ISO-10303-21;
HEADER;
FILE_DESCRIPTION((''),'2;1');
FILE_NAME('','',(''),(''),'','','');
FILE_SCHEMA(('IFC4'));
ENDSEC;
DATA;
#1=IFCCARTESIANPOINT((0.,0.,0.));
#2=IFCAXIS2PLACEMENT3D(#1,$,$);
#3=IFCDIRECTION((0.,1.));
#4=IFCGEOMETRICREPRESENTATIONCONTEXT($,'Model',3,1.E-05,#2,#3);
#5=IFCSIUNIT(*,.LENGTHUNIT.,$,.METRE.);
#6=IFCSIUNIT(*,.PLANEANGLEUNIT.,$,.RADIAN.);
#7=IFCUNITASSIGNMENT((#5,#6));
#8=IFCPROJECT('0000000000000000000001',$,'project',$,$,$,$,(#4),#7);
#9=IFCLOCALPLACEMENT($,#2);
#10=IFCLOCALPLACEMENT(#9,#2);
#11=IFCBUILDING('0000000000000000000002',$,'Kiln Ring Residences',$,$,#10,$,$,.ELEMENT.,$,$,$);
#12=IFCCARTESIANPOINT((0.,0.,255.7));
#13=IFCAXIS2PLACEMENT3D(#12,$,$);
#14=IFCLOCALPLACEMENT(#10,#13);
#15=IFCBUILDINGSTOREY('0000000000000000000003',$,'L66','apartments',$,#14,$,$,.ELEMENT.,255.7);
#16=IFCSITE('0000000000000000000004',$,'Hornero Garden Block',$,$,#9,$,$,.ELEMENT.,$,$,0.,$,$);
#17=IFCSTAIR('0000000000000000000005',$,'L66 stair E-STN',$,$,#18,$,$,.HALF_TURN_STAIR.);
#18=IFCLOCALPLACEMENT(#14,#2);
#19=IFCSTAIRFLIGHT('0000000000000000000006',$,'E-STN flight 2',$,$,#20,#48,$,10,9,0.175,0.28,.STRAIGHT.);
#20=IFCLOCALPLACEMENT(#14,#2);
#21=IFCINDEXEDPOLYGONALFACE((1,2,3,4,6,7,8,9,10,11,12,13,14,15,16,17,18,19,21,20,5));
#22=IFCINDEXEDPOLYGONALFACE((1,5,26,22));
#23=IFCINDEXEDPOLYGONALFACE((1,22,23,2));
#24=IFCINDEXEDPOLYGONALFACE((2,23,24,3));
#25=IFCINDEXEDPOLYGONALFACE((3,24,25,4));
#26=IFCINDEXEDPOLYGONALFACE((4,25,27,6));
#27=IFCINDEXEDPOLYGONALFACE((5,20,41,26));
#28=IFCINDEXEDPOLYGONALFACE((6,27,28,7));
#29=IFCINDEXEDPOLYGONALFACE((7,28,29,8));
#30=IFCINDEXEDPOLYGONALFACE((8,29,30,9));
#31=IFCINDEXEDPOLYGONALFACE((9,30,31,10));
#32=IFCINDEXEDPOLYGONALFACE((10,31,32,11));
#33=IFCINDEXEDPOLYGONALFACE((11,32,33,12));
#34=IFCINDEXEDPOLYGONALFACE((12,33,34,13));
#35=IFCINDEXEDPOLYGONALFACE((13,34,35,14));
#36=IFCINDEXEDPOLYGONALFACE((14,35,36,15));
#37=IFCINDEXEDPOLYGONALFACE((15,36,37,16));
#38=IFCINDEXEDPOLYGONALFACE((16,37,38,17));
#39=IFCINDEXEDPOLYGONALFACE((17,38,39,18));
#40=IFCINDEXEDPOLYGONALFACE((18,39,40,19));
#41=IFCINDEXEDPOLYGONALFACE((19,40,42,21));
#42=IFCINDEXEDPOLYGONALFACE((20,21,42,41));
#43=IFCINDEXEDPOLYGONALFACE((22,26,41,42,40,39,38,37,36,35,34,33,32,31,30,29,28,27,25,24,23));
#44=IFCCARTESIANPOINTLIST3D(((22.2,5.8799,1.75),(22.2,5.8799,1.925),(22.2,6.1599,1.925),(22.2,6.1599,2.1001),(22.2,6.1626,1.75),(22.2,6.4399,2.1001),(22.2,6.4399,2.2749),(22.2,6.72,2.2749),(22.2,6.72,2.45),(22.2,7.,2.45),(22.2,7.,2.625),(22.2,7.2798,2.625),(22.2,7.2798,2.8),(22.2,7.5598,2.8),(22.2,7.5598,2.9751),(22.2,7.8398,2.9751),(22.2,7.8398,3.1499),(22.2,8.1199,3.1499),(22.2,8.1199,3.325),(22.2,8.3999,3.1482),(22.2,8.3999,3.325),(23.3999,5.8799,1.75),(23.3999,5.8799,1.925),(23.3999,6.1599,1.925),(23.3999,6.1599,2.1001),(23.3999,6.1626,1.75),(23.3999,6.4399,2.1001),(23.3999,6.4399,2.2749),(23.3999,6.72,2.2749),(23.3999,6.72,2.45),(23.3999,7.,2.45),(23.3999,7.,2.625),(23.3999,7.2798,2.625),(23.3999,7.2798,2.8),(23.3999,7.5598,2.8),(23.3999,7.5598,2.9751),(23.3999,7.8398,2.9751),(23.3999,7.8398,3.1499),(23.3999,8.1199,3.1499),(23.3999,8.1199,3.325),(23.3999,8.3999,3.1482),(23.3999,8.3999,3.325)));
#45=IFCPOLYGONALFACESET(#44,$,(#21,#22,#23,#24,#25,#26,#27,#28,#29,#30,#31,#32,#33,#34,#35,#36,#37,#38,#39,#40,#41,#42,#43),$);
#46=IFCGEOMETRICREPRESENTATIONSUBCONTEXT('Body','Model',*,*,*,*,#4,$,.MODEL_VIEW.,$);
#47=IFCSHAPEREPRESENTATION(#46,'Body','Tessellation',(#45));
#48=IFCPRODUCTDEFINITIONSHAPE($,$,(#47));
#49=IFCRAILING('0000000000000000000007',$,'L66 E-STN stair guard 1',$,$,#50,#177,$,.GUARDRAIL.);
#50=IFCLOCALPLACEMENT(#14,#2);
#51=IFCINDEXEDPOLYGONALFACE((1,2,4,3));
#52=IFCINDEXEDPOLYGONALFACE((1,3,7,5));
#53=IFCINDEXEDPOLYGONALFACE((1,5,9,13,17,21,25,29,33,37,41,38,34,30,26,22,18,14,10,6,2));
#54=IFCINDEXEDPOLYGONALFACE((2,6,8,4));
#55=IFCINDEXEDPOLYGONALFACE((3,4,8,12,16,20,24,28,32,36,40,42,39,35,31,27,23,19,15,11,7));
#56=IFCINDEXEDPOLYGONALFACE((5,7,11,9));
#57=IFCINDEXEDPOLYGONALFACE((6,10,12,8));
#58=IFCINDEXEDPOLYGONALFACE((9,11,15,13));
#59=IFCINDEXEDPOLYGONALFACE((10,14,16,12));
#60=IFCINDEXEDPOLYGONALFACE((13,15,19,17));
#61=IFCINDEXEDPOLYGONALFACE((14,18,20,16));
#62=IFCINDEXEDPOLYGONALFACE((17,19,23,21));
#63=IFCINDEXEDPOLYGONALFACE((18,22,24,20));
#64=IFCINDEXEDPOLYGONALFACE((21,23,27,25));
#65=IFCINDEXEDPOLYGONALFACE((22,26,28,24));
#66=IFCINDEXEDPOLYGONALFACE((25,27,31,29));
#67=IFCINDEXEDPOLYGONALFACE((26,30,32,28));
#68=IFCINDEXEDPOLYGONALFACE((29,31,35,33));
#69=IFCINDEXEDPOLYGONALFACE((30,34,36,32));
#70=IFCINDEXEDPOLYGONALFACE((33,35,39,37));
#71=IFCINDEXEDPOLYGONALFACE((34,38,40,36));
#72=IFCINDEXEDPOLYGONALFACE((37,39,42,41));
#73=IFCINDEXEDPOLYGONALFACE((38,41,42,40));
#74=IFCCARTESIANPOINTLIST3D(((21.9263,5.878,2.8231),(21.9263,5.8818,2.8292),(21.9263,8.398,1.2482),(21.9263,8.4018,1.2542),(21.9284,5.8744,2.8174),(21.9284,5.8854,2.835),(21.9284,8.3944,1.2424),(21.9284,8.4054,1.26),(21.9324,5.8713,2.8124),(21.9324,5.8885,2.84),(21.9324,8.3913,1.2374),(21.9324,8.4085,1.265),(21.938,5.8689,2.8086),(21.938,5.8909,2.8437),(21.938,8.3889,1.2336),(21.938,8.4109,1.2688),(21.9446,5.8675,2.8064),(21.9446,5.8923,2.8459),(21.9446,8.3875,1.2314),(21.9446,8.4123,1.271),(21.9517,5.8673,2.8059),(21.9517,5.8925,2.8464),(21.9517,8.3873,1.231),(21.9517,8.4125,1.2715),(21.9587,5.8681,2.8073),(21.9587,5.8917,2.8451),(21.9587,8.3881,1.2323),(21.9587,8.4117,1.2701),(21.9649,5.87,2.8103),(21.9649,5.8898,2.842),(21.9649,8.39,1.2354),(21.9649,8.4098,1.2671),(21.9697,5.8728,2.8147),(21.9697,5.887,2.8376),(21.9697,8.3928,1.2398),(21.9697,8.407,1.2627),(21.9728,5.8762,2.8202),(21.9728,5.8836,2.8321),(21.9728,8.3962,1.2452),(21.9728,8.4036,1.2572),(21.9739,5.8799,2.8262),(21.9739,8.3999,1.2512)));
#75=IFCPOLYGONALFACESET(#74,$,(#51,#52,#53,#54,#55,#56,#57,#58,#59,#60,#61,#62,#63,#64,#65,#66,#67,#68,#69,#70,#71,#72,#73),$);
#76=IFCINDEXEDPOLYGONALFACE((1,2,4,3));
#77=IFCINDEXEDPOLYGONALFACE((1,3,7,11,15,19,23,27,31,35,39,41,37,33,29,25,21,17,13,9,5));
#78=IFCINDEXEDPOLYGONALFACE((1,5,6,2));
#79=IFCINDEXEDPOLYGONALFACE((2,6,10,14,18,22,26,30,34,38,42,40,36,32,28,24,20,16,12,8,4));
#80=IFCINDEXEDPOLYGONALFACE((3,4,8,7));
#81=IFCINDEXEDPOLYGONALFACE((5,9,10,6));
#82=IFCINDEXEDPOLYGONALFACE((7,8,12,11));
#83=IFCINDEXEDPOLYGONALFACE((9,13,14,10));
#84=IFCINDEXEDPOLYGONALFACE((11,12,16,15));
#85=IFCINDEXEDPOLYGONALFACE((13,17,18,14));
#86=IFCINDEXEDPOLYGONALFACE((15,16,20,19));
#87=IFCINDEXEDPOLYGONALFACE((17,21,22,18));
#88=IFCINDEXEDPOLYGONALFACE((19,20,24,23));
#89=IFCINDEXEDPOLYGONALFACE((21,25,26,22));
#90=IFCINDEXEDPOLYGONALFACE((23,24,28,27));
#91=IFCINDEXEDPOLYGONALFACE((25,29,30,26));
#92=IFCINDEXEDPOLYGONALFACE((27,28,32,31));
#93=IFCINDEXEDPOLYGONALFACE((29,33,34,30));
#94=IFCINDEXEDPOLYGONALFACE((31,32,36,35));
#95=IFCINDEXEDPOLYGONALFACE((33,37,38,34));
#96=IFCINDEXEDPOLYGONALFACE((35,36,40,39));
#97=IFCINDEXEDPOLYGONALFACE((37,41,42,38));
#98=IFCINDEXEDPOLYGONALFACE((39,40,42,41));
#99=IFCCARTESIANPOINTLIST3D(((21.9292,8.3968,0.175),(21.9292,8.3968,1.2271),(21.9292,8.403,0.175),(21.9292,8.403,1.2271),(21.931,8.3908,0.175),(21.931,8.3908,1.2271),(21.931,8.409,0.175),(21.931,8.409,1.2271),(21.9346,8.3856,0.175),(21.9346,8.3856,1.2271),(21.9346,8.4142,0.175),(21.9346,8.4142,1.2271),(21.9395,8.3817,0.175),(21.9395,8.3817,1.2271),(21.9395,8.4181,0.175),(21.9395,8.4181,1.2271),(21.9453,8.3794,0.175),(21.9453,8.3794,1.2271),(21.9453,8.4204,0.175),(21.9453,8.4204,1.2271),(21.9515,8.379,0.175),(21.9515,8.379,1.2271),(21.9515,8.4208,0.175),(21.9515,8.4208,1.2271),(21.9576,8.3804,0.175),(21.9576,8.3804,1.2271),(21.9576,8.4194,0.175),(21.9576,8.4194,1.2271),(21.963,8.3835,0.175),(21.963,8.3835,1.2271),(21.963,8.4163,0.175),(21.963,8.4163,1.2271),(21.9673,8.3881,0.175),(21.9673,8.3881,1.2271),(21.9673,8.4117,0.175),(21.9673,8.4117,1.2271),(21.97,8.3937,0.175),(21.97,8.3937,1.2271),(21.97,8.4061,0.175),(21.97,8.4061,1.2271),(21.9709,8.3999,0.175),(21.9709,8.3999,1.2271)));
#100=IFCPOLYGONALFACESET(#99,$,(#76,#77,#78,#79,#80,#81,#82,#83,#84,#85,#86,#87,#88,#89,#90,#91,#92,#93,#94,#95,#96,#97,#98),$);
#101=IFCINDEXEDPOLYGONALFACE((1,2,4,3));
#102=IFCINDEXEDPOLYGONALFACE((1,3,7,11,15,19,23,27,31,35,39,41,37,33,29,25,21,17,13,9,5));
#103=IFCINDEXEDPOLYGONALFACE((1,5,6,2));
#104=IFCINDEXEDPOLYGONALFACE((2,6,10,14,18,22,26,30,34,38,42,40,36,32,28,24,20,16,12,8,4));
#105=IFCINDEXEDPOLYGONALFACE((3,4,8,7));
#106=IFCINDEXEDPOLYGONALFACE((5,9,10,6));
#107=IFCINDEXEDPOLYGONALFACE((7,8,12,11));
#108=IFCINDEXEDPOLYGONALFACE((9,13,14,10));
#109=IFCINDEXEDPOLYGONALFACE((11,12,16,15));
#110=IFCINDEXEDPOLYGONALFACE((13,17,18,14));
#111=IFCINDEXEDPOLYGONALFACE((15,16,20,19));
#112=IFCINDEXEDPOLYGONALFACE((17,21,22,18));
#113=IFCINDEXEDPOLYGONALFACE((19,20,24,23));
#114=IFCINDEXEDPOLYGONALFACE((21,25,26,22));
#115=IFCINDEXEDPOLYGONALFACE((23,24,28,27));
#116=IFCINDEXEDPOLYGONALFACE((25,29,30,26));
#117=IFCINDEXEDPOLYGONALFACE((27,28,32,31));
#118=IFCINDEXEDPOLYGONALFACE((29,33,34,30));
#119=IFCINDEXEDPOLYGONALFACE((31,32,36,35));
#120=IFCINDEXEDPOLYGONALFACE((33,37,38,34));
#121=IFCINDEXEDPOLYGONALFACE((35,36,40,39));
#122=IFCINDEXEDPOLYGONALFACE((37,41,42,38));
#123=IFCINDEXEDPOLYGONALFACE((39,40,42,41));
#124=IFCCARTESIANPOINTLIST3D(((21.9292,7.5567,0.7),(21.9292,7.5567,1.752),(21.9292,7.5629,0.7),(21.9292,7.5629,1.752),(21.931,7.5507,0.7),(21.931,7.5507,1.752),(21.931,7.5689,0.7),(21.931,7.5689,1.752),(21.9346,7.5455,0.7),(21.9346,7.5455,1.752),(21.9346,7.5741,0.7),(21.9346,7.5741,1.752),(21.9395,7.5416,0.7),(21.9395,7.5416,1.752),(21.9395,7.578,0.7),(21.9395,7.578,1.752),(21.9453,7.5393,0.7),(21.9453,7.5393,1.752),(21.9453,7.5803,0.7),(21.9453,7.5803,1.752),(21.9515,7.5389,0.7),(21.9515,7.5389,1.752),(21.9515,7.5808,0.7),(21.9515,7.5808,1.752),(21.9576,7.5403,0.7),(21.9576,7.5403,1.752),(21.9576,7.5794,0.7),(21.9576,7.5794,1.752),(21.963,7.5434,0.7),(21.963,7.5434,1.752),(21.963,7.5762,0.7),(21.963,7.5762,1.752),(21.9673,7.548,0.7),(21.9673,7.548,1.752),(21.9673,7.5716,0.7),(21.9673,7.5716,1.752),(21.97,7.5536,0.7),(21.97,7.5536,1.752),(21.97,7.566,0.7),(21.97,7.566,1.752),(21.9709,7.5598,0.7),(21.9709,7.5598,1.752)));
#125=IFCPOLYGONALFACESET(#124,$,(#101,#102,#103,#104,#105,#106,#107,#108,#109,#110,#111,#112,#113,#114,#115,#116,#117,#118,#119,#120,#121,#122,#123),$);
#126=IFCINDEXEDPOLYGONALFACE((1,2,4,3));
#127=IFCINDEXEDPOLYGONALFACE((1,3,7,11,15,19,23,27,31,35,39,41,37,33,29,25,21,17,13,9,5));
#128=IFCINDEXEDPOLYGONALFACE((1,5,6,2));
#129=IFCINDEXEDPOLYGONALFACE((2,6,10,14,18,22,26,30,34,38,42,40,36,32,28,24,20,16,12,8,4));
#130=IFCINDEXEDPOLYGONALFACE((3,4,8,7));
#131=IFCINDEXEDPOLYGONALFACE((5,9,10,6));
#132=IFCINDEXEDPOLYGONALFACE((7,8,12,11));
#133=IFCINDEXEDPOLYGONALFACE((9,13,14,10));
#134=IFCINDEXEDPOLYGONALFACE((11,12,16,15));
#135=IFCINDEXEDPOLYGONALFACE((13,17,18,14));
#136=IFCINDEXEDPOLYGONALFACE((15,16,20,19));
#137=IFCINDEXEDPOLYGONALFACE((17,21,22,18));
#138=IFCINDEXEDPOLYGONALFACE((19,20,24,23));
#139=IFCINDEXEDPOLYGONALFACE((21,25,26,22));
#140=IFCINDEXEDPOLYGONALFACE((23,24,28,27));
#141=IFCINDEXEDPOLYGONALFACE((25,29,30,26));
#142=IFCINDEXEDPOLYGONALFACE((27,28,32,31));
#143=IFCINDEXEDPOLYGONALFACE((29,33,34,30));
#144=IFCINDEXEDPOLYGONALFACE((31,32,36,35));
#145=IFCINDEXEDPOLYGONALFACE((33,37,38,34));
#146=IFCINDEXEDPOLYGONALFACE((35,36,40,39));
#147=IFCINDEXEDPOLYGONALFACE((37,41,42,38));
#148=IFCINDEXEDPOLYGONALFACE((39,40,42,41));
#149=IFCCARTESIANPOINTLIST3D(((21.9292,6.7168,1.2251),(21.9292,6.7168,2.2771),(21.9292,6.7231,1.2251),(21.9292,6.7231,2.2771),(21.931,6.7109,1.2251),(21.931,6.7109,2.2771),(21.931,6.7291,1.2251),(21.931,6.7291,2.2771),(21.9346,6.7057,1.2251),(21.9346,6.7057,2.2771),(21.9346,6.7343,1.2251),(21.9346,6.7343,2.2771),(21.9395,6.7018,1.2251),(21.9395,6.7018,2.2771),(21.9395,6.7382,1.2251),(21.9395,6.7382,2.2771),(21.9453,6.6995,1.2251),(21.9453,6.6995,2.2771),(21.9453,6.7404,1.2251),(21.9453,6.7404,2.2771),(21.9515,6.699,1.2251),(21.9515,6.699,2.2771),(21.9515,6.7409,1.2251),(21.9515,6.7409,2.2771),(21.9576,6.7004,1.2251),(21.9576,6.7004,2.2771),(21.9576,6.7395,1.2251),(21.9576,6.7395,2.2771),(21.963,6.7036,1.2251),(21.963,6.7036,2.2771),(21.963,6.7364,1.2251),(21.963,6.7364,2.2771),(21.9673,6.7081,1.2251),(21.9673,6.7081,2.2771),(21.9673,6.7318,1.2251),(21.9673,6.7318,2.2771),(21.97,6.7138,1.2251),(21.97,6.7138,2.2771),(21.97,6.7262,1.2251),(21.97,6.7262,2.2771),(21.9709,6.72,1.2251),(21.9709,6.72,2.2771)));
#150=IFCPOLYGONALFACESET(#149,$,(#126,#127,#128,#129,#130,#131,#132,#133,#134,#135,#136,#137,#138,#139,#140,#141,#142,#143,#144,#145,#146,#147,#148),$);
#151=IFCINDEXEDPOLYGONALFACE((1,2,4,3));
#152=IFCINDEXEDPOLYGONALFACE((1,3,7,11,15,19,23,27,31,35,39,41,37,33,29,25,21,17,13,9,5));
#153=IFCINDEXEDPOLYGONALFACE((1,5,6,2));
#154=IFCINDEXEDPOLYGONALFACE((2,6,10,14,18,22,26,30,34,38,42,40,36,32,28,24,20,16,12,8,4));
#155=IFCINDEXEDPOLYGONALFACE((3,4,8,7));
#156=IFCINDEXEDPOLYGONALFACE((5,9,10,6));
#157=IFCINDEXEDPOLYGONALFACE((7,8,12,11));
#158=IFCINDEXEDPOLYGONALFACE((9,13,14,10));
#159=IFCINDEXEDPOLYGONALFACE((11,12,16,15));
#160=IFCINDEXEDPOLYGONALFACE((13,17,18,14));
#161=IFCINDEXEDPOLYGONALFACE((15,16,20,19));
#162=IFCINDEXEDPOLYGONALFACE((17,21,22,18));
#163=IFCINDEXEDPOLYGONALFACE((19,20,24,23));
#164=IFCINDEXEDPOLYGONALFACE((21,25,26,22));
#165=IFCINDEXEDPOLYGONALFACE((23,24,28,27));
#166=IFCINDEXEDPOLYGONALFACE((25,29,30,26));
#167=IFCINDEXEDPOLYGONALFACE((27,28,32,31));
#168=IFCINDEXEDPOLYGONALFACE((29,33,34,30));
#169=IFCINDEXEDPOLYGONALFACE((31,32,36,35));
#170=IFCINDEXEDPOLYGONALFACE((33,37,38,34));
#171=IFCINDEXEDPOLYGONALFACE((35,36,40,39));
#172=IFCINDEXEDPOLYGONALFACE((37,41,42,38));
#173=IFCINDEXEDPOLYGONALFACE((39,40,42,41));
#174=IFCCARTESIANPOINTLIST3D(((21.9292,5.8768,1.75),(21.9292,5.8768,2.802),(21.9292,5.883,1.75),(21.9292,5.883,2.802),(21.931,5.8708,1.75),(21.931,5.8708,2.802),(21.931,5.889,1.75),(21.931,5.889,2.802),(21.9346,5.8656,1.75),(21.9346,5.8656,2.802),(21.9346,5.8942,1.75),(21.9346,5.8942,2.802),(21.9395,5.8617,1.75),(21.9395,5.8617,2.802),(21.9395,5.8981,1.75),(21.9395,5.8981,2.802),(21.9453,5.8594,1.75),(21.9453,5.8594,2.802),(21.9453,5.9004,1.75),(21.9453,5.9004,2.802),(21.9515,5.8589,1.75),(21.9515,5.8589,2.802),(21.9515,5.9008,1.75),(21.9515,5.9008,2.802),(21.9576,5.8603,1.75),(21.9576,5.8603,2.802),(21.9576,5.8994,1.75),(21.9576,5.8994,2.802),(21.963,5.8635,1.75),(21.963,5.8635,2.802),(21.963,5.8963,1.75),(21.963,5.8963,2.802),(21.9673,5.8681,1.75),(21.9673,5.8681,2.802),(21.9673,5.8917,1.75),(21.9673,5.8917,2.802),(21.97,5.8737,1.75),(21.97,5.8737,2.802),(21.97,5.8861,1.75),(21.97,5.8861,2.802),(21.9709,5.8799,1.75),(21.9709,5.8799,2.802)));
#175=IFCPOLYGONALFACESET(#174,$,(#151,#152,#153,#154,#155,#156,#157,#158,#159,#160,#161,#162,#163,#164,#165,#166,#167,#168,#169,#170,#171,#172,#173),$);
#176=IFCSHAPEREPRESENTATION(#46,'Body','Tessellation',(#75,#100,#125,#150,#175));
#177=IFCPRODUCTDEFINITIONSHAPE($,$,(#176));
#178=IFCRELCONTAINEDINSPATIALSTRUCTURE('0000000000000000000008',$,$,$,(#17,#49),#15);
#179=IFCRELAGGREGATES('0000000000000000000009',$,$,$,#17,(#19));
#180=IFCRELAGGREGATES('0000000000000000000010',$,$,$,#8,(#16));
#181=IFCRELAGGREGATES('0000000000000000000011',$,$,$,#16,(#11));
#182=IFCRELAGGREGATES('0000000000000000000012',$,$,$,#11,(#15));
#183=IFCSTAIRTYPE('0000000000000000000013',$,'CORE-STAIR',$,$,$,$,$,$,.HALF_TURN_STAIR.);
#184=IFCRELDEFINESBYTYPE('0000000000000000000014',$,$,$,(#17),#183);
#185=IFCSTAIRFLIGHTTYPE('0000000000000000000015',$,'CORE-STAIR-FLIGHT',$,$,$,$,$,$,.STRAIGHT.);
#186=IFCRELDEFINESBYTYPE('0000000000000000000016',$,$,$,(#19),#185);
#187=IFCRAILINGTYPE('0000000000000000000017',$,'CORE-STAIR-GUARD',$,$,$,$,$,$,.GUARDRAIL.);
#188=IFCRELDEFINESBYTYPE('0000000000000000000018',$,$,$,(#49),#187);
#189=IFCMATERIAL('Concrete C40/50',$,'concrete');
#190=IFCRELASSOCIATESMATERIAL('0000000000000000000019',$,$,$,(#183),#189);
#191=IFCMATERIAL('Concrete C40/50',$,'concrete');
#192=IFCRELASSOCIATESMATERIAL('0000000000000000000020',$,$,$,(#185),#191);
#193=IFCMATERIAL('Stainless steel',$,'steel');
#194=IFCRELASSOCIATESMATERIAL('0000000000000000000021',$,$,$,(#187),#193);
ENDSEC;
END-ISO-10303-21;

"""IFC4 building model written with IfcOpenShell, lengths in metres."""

from ifc_helpers import new_model, si_unit, direction, frame, origin, origin_2d, place, context, subcontext, project, spatial, polyline, circle, outline, extrude, material, type_object, element, aggregate, save


model = new_model("IFC4")

# Units and contexts
model_context = context("Model", 3, precision=1e-05, world=origin(), true_north=direction((0.0, 1.0)))
body_context = subcontext(model_context, "Body", "Model", "MODEL_VIEW")
ifc_project = project(units=[si_unit("LENGTHUNIT", "METRE"), si_unit("PLANEANGLEUNIT", "RADIAN")], contexts=[model_context])

# Site, building, storey
site_placement = place(None, origin())
site = spatial("IfcSite", under=ifc_project, at=site_placement, Name="Hornero Garden Block", CompositionType="ELEMENT", RefElevation=0.0)
building_placement = place(site_placement, origin())
building = spatial("IfcBuilding", under=site, at=building_placement, Name="Kiln Ring Residences", CompositionType="ELEMENT")
storey_placement = place(building_placement, frame((0.0, 0.0, 255.7)))
storey = spatial("IfcBuildingStorey", under=building, at=storey_placement, Name="L66", Description="apartments", CompositionType="ELEMENT", Elevation=255.7)

# Stair, stair flight
ifc_material_1 = material(Name="Concrete C40/50", Category="concrete")
stair_type = type_object("IfcStairType", Name="CORE-STAIR", PredefinedType="HALF_TURN_STAIR", material=ifc_material_1)
stair_placement = place(storey_placement, origin())
stair = element("IfcStair", 1, at=stair_placement, inside=storey, type_object=stair_type, Name="L66 stair E-STN", PredefinedType="HALF_TURN_STAIR")
ifc_material_2 = material(Name="Concrete C40/50", Category="concrete")
stair_flight_type = type_object("IfcStairFlightType", Name="CORE-STAIR-FLIGHT", PredefinedType="STRAIGHT", material=ifc_material_2)
stair_flight_1_placement = place(storey_placement, frame((22.8, 5.8799, 1.75), z_axis=(0.0, 0.0, 1.0), x_axis=(0.0, 1.0, 0.0)))
stair_flight_1 = element("IfcStairFlight", 2, at=stair_flight_1_placement, type_object=stair_flight_type, Name="E-STN flight 2", NumberOfRisers=10, NumberOfTreads=9, PredefinedType="STRAIGHT", RiserHeight=0.175, TreadLength=0.28, context=body_context, shape_type="SweptSolid", body=[
    extrude(outline(polyline([(0.0, 0.0), (0.0, 0.175), (0.28, 0.175), (0.28, 0.3501), (0.5601, 0.3501), (0.5601, 0.5249), (0.8401, 0.5249), (0.8401, 0.7), (1.1201, 0.7), (1.1201, 0.875), (1.3999, 0.875), (1.3999, 1.05), (1.6799, 1.05), (1.6799, 1.2251), (1.96, 1.2251), (1.96, 1.3999), (2.24, 1.3999), (2.24, 1.575), (2.52, 1.575), (2.52, 1.75), (2.52, 1.3982), (0.2827, 0.0), (0.0, 0.0)])), frame((0.0, 0.6001, 0.0), z_axis=(0.0, -1.0, 0.0), x_axis=(1.0, 0.0, 0.0)), (0.0, 0.0, 1.0), 1.2),
])
aggregate(stair, [stair_flight_1])

# Railing
ifc_material_3 = material(Name="Stainless steel", Category="steel")
railing_type_1 = type_object("IfcRailingType", Name="CORE-STAIR-GUARD", PredefinedType="GUARDRAIL", material=ifc_material_3)
railing_1_placement = place(storey_placement, frame((21.95, 8.3999, 0.175)))
element("IfcRailing", 3, at=railing_1_placement, inside=storey, type_object=railing_type_1, Name="L66 E-STN stair guard 1", PredefinedType="GUARDRAIL", context=body_context, shape_type="SweptSolid", body=[
    extrude(circle(Radius=0.0239, at=origin_2d()), frame((0.0, 0.0, 1.0762), z_axis=(0.0, -0.848008, 0.529984), x_axis=(1.0, 0.0, 0.0)), (0.0, 0.0, 1.0), 2.9717),
    extrude(circle(Radius=0.021, at=origin_2d()), origin(), (0.0, 0.0, 1.0), 1.052),
    extrude(circle(Radius=0.021, at=origin_2d()), frame((0.0, -0.8401, 0.5249)), (0.0, 0.0, 1.0), 1.052),
    extrude(circle(Radius=0.021, at=origin_2d()), frame((0.0, -1.6799, 1.05)), (0.0, 0.0, 1.0), 1.052),
    extrude(circle(Radius=0.021, at=origin_2d()), frame((0.0, -2.52, 1.575)), (0.0, 0.0, 1.0), 1.052),
])

save(model, "model.ifc")
